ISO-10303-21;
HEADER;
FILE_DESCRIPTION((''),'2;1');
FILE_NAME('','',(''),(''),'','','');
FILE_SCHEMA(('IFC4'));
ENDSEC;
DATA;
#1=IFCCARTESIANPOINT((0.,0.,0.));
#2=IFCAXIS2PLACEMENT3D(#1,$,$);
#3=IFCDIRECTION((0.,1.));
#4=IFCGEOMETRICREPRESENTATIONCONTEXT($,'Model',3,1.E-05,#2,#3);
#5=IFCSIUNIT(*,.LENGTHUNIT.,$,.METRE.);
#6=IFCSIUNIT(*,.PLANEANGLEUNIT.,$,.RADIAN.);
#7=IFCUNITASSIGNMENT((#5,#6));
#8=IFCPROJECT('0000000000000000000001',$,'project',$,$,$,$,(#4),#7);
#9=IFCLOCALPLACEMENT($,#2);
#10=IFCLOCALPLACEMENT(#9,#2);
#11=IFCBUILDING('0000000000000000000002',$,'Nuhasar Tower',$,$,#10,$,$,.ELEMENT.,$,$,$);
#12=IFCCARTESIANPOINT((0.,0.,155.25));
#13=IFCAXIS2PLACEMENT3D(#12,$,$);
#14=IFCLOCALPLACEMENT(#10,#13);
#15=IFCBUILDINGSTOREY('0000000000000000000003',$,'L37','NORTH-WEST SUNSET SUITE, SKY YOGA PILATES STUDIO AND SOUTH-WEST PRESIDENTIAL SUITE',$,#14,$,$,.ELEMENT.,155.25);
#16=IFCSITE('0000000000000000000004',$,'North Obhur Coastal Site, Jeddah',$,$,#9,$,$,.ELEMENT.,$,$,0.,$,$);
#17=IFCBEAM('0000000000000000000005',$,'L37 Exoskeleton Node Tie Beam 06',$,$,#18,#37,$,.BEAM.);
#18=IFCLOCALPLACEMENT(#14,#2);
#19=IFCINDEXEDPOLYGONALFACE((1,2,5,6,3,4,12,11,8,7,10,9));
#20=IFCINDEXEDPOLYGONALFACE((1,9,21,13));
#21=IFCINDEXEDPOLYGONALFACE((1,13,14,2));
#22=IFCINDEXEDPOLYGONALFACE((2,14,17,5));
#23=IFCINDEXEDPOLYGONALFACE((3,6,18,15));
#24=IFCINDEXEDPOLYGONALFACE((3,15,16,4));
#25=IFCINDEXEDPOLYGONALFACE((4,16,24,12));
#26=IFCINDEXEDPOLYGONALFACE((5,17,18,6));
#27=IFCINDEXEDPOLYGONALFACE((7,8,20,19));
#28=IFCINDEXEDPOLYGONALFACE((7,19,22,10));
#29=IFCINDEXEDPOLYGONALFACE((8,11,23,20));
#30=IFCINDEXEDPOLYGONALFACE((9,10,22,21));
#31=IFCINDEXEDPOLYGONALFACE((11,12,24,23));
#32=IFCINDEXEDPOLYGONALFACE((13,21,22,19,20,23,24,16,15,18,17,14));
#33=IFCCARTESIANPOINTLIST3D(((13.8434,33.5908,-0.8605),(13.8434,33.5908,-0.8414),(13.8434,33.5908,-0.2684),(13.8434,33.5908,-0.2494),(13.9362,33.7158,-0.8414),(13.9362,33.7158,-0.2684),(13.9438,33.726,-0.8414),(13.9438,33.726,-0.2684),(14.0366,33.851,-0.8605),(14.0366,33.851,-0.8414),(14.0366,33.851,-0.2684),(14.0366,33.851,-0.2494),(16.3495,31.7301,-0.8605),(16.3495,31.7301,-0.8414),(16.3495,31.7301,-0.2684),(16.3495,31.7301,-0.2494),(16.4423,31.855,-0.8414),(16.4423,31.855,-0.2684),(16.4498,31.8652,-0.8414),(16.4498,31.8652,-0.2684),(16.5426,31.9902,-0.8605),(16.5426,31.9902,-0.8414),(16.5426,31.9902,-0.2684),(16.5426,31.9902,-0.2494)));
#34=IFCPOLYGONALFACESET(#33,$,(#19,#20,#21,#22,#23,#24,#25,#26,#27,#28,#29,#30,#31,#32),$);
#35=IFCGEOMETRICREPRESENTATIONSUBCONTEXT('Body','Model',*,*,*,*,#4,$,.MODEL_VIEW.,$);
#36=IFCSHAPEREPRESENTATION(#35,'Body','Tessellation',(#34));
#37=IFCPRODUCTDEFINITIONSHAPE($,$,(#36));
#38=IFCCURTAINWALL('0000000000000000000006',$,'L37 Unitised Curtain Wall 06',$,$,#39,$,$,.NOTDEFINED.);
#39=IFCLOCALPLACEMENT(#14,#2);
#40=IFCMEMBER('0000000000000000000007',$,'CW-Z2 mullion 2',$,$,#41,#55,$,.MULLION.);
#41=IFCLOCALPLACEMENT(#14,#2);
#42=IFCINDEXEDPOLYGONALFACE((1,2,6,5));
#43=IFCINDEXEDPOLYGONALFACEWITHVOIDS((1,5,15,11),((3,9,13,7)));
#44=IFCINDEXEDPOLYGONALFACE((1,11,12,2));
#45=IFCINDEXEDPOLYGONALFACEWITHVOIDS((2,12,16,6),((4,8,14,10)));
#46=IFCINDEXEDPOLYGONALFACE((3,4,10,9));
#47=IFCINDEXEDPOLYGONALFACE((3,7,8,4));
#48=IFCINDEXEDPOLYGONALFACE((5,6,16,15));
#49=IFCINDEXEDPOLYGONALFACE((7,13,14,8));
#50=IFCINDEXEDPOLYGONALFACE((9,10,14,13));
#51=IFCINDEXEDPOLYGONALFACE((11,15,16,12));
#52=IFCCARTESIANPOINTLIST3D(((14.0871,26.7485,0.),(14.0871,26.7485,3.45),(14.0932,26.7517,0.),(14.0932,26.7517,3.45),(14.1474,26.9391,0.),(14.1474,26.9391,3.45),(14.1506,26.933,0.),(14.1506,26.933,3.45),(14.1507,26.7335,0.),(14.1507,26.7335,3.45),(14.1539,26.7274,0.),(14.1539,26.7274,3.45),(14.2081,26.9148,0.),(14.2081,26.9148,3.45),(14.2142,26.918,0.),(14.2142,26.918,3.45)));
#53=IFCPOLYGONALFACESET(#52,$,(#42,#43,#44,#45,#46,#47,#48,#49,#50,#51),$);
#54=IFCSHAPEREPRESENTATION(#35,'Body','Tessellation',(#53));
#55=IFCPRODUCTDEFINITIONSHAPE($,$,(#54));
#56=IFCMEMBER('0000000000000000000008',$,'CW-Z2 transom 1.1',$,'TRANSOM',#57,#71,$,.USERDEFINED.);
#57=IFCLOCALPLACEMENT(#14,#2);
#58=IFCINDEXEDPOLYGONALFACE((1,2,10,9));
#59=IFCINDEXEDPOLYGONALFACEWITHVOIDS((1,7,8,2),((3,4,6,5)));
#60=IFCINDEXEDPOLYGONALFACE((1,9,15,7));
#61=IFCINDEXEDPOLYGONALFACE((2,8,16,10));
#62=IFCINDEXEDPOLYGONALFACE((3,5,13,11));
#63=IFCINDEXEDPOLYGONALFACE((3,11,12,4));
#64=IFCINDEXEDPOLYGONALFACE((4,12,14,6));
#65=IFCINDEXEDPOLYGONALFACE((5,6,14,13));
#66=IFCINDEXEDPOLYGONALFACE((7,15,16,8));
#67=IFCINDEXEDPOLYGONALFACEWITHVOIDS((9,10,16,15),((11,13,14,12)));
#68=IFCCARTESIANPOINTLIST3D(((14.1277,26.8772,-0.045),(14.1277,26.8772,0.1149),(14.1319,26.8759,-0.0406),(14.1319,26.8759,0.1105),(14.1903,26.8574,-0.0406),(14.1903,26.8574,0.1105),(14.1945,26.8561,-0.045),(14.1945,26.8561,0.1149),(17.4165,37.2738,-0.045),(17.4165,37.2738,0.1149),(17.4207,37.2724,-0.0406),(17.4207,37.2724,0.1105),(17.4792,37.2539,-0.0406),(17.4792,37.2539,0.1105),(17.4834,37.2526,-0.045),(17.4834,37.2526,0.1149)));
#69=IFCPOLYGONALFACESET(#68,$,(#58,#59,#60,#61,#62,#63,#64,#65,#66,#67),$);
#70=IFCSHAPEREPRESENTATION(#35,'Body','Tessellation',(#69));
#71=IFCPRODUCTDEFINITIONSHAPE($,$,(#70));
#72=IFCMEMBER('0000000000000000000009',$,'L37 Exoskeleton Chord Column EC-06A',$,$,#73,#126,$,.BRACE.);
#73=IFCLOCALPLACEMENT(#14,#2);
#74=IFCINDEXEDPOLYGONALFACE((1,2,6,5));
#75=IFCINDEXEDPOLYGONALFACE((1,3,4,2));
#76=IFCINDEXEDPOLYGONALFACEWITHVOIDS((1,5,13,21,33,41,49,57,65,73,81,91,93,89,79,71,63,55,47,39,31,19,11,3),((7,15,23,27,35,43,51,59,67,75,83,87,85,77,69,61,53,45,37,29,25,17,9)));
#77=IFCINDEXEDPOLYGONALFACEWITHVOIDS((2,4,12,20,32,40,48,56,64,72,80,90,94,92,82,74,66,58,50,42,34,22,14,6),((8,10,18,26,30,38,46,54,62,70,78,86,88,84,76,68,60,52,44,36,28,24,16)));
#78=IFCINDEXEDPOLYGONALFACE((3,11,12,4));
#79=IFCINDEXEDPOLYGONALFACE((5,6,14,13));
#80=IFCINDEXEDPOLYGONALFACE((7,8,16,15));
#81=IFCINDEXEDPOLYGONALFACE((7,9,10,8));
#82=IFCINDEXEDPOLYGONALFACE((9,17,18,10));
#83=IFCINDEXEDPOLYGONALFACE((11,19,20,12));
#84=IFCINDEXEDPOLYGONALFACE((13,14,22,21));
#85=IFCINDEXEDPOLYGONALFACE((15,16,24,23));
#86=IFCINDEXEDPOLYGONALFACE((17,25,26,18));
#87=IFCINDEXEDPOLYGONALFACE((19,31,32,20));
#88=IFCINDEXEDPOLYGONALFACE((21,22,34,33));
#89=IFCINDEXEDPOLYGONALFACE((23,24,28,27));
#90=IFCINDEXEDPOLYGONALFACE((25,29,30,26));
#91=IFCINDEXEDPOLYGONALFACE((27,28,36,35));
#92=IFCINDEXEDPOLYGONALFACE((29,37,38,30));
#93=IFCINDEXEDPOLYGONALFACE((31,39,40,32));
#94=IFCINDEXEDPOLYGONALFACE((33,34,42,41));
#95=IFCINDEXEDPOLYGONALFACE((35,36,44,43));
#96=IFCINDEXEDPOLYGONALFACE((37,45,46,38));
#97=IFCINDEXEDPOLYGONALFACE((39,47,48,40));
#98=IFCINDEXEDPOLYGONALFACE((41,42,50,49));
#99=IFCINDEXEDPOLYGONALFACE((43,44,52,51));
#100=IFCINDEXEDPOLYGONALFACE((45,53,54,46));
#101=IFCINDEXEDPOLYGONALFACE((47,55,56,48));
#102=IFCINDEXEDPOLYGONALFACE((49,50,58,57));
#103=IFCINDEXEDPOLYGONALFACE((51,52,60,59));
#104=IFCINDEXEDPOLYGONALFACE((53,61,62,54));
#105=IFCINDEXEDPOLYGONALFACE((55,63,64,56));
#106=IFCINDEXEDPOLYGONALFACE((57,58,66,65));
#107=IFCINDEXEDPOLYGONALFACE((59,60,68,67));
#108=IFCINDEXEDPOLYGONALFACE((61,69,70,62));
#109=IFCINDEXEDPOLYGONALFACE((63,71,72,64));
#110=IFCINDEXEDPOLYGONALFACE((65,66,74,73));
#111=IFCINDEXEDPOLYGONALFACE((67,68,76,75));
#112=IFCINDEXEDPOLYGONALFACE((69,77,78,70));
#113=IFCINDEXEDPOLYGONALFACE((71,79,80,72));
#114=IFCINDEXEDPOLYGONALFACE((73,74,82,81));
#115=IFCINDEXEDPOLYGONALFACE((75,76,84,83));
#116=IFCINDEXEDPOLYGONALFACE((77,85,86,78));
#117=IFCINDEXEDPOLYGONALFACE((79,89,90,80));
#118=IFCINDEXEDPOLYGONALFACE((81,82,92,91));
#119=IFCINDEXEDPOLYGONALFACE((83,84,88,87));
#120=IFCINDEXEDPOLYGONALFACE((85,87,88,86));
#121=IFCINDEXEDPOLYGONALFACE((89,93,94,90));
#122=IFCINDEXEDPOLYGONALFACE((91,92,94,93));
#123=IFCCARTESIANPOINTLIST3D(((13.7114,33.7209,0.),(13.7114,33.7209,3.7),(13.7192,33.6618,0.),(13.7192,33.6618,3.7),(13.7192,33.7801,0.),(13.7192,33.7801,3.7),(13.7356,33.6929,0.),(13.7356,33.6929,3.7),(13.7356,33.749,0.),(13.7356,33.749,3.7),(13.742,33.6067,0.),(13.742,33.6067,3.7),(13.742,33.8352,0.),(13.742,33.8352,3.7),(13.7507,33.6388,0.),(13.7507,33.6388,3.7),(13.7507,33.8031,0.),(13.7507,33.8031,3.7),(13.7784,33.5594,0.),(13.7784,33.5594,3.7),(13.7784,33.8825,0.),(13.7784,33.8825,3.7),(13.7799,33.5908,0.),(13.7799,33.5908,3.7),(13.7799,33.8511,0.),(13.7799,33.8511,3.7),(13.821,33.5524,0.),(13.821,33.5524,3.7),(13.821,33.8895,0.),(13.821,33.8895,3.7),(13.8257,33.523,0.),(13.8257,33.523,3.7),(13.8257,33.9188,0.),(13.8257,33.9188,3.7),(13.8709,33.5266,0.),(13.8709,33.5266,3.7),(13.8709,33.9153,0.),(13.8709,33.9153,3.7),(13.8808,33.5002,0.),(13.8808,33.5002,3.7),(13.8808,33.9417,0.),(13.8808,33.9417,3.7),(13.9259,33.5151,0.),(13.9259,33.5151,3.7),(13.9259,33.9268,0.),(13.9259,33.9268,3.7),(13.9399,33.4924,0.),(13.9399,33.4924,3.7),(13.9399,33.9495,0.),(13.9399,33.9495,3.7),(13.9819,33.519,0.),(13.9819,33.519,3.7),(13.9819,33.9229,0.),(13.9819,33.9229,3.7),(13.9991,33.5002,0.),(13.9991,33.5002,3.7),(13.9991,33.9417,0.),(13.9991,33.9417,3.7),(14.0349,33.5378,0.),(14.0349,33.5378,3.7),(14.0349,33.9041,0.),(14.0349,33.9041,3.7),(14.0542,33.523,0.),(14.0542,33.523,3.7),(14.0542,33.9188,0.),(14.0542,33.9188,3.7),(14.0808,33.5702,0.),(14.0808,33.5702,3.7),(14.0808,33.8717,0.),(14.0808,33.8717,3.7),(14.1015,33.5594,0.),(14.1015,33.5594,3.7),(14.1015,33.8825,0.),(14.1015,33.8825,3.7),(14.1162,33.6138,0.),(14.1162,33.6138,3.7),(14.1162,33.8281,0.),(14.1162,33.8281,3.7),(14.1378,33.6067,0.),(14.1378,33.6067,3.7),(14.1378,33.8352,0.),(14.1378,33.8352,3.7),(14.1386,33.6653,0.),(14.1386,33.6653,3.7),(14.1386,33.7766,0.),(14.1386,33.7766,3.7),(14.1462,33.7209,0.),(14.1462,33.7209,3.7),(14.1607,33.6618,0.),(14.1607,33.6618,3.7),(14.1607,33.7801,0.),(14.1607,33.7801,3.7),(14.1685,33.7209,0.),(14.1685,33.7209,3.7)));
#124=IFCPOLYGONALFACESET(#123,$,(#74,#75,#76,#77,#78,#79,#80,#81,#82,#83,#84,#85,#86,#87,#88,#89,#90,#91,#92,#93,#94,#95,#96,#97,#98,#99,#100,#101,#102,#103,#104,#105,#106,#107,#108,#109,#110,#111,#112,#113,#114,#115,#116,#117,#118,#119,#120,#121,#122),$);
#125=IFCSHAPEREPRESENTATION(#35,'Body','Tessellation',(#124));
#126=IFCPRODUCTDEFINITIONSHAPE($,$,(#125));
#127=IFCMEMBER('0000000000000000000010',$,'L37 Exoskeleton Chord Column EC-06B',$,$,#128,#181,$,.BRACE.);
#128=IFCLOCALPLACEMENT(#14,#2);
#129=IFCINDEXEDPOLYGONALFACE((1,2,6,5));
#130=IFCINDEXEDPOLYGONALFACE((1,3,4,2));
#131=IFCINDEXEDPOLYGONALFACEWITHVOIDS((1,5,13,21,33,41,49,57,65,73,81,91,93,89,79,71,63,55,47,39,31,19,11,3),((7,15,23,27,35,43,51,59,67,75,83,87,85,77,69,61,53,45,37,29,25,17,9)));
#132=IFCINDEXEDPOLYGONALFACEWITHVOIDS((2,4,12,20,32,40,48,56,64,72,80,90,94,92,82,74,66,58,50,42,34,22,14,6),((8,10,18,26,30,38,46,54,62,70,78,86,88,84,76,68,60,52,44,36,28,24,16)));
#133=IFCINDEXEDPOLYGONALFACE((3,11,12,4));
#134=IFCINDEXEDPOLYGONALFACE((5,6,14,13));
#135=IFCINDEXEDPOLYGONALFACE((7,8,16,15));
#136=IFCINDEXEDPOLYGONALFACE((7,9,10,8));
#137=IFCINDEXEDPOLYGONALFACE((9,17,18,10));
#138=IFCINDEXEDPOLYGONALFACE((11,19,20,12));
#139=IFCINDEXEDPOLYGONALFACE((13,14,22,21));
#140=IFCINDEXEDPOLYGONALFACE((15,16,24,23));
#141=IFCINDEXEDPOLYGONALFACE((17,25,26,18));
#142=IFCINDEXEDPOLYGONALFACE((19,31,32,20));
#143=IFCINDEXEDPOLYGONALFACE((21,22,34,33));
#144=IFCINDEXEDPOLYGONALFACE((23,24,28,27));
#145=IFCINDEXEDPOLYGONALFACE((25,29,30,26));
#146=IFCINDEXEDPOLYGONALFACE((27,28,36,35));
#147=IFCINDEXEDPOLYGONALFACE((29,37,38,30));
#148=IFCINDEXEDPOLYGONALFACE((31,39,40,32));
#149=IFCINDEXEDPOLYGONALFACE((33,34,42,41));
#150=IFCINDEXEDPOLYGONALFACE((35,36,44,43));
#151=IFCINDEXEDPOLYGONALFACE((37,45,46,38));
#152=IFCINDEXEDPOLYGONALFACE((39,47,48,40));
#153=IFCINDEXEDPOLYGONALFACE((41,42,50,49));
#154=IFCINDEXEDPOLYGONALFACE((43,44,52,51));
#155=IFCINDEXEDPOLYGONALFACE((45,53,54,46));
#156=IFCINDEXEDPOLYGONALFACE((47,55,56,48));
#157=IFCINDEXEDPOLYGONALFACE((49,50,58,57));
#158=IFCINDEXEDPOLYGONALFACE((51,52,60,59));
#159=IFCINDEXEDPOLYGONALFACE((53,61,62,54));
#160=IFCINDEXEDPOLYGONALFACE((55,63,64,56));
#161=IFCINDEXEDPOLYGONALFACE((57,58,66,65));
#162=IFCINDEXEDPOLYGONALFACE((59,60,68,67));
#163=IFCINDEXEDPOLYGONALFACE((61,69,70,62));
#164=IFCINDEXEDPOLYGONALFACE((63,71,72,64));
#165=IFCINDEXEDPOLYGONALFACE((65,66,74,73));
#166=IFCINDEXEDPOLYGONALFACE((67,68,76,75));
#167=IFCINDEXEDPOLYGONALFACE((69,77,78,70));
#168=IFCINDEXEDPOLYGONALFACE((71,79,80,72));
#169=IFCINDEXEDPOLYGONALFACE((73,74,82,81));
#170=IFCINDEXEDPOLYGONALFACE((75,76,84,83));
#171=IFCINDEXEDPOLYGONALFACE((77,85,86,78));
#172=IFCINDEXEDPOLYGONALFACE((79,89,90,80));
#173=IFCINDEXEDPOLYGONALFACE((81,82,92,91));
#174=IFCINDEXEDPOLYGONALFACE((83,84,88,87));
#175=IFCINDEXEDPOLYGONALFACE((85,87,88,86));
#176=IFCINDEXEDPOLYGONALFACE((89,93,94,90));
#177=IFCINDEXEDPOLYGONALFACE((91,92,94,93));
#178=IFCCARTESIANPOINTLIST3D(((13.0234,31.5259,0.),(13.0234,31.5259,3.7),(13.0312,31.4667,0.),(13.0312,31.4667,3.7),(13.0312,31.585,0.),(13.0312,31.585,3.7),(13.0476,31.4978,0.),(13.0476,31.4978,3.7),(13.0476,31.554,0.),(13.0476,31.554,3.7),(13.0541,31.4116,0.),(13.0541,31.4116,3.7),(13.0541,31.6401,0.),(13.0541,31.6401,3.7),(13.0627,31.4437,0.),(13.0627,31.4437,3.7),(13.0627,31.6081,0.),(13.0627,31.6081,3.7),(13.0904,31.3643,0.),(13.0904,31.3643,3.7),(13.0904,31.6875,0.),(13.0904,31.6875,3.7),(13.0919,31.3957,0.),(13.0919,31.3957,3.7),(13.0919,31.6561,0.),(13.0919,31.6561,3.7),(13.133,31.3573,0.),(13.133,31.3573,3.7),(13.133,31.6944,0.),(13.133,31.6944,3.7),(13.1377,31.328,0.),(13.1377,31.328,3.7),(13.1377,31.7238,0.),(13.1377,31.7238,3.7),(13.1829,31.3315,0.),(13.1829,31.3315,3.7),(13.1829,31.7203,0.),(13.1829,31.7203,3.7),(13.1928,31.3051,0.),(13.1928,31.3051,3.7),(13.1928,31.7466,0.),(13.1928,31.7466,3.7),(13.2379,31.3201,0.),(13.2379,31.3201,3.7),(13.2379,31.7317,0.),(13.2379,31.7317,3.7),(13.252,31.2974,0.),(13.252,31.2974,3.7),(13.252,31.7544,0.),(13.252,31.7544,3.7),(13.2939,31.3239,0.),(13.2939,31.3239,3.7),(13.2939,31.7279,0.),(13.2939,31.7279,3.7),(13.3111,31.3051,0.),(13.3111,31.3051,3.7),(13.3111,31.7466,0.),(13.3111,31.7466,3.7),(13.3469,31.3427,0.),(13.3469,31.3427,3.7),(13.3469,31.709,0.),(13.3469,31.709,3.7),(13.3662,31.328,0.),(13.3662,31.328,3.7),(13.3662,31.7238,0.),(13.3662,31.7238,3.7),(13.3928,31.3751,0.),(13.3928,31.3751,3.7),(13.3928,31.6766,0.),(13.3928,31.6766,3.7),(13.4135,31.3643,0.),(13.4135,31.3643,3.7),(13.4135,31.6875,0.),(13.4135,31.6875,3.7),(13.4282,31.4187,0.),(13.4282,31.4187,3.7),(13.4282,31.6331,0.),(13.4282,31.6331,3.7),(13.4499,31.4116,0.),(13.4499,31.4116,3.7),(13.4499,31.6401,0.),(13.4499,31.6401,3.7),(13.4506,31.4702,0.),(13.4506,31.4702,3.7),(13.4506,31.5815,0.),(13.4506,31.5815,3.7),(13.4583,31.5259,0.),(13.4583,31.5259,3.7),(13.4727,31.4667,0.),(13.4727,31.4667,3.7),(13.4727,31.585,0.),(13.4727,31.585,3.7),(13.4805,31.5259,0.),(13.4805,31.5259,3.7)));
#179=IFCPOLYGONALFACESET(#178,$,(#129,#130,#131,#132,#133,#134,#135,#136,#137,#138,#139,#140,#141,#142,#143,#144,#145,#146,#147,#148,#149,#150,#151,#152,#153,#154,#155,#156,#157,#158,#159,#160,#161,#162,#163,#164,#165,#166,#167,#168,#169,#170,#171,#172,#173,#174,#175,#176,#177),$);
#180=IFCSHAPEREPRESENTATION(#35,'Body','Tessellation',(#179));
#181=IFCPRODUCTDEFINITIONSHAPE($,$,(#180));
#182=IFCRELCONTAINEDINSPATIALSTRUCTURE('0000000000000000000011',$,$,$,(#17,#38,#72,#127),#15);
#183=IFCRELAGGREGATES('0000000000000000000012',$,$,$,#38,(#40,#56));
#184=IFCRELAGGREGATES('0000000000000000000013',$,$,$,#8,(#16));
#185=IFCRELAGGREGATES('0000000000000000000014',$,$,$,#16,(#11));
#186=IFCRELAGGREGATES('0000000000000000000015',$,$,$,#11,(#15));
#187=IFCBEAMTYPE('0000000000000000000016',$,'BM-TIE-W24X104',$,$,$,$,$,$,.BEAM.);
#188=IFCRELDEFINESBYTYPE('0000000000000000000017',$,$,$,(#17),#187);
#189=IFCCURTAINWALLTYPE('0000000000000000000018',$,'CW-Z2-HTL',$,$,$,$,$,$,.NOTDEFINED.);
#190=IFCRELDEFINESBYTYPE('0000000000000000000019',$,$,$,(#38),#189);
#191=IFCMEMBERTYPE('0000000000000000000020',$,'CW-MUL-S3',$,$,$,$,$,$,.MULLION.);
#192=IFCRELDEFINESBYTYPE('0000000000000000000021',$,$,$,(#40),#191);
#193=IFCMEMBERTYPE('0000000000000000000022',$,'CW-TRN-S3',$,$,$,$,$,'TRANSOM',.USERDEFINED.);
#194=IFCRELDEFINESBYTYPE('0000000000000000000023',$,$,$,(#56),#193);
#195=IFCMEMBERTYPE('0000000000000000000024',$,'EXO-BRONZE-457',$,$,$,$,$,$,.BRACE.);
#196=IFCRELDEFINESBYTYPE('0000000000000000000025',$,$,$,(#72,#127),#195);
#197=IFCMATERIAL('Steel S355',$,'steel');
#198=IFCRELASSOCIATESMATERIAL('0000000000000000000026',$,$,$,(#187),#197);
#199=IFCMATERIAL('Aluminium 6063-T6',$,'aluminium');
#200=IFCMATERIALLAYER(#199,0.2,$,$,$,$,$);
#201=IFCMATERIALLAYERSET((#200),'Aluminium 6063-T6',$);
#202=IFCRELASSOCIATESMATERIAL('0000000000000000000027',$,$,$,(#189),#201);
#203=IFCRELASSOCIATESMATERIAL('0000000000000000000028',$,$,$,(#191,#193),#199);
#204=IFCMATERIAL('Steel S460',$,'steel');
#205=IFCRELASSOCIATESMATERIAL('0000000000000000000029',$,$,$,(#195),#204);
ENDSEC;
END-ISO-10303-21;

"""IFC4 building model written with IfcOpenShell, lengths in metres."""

from ifc_helpers import new_model, si_unit, direction, frame, origin, origin_2d, place, context, subcontext, project, spatial, hollow_rectangle, hollow_circle, i_section, extrude, material, layer, layer_set, material_profile, profile_set, type_object, element, aggregate, save


model = new_model("IFC4")

# Units and contexts
model_context = context("Model", 3, precision=1e-05, world=origin(), true_north=direction((0.0, 1.0)))
body_context = subcontext(model_context, "Body", "Model", "MODEL_VIEW")
ifc_project = project(units=[si_unit("LENGTHUNIT", "METRE"), si_unit("PLANEANGLEUNIT", "RADIAN")], contexts=[model_context])

# Site, building, storey
site_placement = place(None, origin())
site = spatial("IfcSite", under=ifc_project, at=site_placement, Name="North Obhur Coastal Site, Jeddah", CompositionType="ELEMENT", RefElevation=0.0)
building_placement = place(site_placement, origin())
building = spatial("IfcBuilding", under=site, at=building_placement, Name="Nuhasar Tower", CompositionType="ELEMENT")
storey_placement = place(building_placement, frame((0.0, 0.0, 155.25)))
storey = spatial("IfcBuildingStorey", under=building, at=storey_placement, Name="L37", Description="NORTH-WEST SUNSET SUITE, SKY YOGA PILATES STUDIO AND SOUTH-WEST PRESIDENTIAL SUITE", CompositionType="ELEMENT", Elevation=155.25)

# Beam
ifc_material_1 = material(Name="Steel S355", Category="steel")
ifc_material_profile_1 = material_profile(ifc_material_1, i_section(OverallWidth=0.324, OverallDepth=0.6111, WebThickness=0.0127, FlangeThickness=0.019, at=origin_2d()), Name="W24X104")
ifc_profile_set_1 = profile_set([ifc_material_profile_1], Name="Steel S355")
beam_type_1 = type_object("IfcBeamType", Name="BM-TIE-W24X104", PredefinedType="BEAM", material=ifc_profile_set_1)
beam_1_placement = place(storey_placement, frame((16.446, 31.8601, -0.5549), z_axis=(-0.802872, 0.596151, 0.0), x_axis=(-0.596151, -0.802872, 0.0)))
element("IfcBeam", 1, at=beam_1_placement, inside=storey, type_object=beam_type_1, Name="L37 Exoskeleton Node Tie Beam 06", PredefinedType="BEAM", context=body_context, shape_type="SweptSolid", body=[
    extrude(i_section(OverallWidth=0.324, OverallDepth=0.6111, WebThickness=0.0127, FlangeThickness=0.019, at=origin_2d()), origin(), (0.0, 0.0, 1.0), 3.1213),
])

# Curtain wall, members
ifc_material_2 = material(Name="Aluminium 6063-T6", Category="aluminium")
ifc_layer_1 = layer(ifc_material_2, 0.2)
ifc_layer_set_1 = layer_set([ifc_layer_1], Name="Aluminium 6063-T6")
curtain_wall_type = type_object("IfcCurtainWallType", Name="CW-Z2-HTL", PredefinedType="NOTDEFINED", material=ifc_layer_set_1)
curtain_wall_placement = place(storey_placement, origin())
curtain_wall = element("IfcCurtainWall", 2, at=curtain_wall_placement, inside=storey, type_object=curtain_wall_type, Name="L37 Unitised Curtain Wall 06", PredefinedType="NOTDEFINED")
ifc_material_profile_2 = material_profile(ifc_material_2, hollow_rectangle(XDim=0.0701, YDim=0.2, WallThickness=0.0049, at=origin_2d()), Name="CWM-3")
ifc_profile_set_2 = profile_set([ifc_material_profile_2], Name="Aluminium 6063-T6")
member_type_1 = type_object("IfcMemberType", Name="CW-MUL-S3", PredefinedType="MULLION", material=ifc_profile_set_2)
member_1_placement = place(storey_placement, frame((14.1506, 26.8333, 0.0), z_axis=(0.0, 0.0, 1.0), x_axis=(0.953433, -0.301604, 0.0)))
member_1 = element("IfcMember", 3, at=member_1_placement, type_object=member_type_1, Name="CW-Z2 mullion 2", PredefinedType="MULLION", context=body_context, shape_type="SweptSolid", body=[
    extrude(hollow_rectangle(XDim=0.0701, YDim=0.2, WallThickness=0.0049, at=origin_2d()), origin(), (0.0, 0.0, 1.0), 3.45),
])
ifc_material_profile_3 = material_profile(ifc_material_2, hollow_rectangle(XDim=0.0701, YDim=0.1599, WallThickness=0.0044, at=origin_2d()), Name="CWT-3")
ifc_profile_set_3 = profile_set([ifc_material_profile_3], Name="Aluminium 6063-T6")
member_type_2 = type_object("IfcMemberType", Name="CW-TRN-S3", ElementType="TRANSOM", PredefinedType="USERDEFINED", material=ifc_profile_set_3)
member_2_placement = place(storey_placement, frame((17.45, 37.2632, 0.0349), z_axis=(-0.301608, -0.953432, 0.0), x_axis=(0.953432, -0.301608, 0.0)))
member_2 = element("IfcMember", 4, at=member_2_placement, type_object=member_type_2, Name="CW-Z2 transom 1.1", ObjectType="TRANSOM", PredefinedType="USERDEFINED", context=body_context, shape_type="SweptSolid", body=[
    extrude(hollow_rectangle(XDim=0.0701, YDim=0.1599, WallThickness=0.0044, at=origin_2d()), origin(), (0.0, 0.0, 1.0), 10.9043),
])

# Members
ifc_material_3 = material(Name="Steel S460", Category="steel")
ifc_material_profile_4 = material_profile(ifc_material_3, hollow_circle(Radius=0.2285, WallThickness=0.0222, at=origin_2d()), Name="HSS457X22.2")
ifc_profile_set_4 = profile_set([ifc_material_profile_4], Name="Steel S460")
member_type_3 = type_object("IfcMemberType", Name="EXO-BRONZE-457", PredefinedType="BRACE", material=ifc_profile_set_4)
for number, where, z_axis, x_axis, name in (
    (5, (13.9399, 33.7209, 0.0), (0.0, 0.0, 1.0), (1.0, 0.0, 0.0), "L37 Exoskeleton Chord Column EC-06A"),
    (6, (13.252, 31.5259, 0.0), (0.0, 0.0, 1.0), (1.0, 0.0, 0.0), "L37 Exoskeleton Chord Column EC-06B"),
):
    element("IfcMember", number, at=place(storey_placement, frame(where, z_axis=z_axis, x_axis=x_axis)), inside=storey, type_object=member_type_3, Name=name, PredefinedType="BRACE", context=body_context, shape_type="SweptSolid", body=[
        extrude(hollow_circle(Radius=0.2285, WallThickness=0.0222, at=origin_2d()), origin(), (0.0, 0.0, 1.0), 3.7),
    ])

aggregate(curtain_wall, [member_1, member_2])

save(model, "model.ifc")
